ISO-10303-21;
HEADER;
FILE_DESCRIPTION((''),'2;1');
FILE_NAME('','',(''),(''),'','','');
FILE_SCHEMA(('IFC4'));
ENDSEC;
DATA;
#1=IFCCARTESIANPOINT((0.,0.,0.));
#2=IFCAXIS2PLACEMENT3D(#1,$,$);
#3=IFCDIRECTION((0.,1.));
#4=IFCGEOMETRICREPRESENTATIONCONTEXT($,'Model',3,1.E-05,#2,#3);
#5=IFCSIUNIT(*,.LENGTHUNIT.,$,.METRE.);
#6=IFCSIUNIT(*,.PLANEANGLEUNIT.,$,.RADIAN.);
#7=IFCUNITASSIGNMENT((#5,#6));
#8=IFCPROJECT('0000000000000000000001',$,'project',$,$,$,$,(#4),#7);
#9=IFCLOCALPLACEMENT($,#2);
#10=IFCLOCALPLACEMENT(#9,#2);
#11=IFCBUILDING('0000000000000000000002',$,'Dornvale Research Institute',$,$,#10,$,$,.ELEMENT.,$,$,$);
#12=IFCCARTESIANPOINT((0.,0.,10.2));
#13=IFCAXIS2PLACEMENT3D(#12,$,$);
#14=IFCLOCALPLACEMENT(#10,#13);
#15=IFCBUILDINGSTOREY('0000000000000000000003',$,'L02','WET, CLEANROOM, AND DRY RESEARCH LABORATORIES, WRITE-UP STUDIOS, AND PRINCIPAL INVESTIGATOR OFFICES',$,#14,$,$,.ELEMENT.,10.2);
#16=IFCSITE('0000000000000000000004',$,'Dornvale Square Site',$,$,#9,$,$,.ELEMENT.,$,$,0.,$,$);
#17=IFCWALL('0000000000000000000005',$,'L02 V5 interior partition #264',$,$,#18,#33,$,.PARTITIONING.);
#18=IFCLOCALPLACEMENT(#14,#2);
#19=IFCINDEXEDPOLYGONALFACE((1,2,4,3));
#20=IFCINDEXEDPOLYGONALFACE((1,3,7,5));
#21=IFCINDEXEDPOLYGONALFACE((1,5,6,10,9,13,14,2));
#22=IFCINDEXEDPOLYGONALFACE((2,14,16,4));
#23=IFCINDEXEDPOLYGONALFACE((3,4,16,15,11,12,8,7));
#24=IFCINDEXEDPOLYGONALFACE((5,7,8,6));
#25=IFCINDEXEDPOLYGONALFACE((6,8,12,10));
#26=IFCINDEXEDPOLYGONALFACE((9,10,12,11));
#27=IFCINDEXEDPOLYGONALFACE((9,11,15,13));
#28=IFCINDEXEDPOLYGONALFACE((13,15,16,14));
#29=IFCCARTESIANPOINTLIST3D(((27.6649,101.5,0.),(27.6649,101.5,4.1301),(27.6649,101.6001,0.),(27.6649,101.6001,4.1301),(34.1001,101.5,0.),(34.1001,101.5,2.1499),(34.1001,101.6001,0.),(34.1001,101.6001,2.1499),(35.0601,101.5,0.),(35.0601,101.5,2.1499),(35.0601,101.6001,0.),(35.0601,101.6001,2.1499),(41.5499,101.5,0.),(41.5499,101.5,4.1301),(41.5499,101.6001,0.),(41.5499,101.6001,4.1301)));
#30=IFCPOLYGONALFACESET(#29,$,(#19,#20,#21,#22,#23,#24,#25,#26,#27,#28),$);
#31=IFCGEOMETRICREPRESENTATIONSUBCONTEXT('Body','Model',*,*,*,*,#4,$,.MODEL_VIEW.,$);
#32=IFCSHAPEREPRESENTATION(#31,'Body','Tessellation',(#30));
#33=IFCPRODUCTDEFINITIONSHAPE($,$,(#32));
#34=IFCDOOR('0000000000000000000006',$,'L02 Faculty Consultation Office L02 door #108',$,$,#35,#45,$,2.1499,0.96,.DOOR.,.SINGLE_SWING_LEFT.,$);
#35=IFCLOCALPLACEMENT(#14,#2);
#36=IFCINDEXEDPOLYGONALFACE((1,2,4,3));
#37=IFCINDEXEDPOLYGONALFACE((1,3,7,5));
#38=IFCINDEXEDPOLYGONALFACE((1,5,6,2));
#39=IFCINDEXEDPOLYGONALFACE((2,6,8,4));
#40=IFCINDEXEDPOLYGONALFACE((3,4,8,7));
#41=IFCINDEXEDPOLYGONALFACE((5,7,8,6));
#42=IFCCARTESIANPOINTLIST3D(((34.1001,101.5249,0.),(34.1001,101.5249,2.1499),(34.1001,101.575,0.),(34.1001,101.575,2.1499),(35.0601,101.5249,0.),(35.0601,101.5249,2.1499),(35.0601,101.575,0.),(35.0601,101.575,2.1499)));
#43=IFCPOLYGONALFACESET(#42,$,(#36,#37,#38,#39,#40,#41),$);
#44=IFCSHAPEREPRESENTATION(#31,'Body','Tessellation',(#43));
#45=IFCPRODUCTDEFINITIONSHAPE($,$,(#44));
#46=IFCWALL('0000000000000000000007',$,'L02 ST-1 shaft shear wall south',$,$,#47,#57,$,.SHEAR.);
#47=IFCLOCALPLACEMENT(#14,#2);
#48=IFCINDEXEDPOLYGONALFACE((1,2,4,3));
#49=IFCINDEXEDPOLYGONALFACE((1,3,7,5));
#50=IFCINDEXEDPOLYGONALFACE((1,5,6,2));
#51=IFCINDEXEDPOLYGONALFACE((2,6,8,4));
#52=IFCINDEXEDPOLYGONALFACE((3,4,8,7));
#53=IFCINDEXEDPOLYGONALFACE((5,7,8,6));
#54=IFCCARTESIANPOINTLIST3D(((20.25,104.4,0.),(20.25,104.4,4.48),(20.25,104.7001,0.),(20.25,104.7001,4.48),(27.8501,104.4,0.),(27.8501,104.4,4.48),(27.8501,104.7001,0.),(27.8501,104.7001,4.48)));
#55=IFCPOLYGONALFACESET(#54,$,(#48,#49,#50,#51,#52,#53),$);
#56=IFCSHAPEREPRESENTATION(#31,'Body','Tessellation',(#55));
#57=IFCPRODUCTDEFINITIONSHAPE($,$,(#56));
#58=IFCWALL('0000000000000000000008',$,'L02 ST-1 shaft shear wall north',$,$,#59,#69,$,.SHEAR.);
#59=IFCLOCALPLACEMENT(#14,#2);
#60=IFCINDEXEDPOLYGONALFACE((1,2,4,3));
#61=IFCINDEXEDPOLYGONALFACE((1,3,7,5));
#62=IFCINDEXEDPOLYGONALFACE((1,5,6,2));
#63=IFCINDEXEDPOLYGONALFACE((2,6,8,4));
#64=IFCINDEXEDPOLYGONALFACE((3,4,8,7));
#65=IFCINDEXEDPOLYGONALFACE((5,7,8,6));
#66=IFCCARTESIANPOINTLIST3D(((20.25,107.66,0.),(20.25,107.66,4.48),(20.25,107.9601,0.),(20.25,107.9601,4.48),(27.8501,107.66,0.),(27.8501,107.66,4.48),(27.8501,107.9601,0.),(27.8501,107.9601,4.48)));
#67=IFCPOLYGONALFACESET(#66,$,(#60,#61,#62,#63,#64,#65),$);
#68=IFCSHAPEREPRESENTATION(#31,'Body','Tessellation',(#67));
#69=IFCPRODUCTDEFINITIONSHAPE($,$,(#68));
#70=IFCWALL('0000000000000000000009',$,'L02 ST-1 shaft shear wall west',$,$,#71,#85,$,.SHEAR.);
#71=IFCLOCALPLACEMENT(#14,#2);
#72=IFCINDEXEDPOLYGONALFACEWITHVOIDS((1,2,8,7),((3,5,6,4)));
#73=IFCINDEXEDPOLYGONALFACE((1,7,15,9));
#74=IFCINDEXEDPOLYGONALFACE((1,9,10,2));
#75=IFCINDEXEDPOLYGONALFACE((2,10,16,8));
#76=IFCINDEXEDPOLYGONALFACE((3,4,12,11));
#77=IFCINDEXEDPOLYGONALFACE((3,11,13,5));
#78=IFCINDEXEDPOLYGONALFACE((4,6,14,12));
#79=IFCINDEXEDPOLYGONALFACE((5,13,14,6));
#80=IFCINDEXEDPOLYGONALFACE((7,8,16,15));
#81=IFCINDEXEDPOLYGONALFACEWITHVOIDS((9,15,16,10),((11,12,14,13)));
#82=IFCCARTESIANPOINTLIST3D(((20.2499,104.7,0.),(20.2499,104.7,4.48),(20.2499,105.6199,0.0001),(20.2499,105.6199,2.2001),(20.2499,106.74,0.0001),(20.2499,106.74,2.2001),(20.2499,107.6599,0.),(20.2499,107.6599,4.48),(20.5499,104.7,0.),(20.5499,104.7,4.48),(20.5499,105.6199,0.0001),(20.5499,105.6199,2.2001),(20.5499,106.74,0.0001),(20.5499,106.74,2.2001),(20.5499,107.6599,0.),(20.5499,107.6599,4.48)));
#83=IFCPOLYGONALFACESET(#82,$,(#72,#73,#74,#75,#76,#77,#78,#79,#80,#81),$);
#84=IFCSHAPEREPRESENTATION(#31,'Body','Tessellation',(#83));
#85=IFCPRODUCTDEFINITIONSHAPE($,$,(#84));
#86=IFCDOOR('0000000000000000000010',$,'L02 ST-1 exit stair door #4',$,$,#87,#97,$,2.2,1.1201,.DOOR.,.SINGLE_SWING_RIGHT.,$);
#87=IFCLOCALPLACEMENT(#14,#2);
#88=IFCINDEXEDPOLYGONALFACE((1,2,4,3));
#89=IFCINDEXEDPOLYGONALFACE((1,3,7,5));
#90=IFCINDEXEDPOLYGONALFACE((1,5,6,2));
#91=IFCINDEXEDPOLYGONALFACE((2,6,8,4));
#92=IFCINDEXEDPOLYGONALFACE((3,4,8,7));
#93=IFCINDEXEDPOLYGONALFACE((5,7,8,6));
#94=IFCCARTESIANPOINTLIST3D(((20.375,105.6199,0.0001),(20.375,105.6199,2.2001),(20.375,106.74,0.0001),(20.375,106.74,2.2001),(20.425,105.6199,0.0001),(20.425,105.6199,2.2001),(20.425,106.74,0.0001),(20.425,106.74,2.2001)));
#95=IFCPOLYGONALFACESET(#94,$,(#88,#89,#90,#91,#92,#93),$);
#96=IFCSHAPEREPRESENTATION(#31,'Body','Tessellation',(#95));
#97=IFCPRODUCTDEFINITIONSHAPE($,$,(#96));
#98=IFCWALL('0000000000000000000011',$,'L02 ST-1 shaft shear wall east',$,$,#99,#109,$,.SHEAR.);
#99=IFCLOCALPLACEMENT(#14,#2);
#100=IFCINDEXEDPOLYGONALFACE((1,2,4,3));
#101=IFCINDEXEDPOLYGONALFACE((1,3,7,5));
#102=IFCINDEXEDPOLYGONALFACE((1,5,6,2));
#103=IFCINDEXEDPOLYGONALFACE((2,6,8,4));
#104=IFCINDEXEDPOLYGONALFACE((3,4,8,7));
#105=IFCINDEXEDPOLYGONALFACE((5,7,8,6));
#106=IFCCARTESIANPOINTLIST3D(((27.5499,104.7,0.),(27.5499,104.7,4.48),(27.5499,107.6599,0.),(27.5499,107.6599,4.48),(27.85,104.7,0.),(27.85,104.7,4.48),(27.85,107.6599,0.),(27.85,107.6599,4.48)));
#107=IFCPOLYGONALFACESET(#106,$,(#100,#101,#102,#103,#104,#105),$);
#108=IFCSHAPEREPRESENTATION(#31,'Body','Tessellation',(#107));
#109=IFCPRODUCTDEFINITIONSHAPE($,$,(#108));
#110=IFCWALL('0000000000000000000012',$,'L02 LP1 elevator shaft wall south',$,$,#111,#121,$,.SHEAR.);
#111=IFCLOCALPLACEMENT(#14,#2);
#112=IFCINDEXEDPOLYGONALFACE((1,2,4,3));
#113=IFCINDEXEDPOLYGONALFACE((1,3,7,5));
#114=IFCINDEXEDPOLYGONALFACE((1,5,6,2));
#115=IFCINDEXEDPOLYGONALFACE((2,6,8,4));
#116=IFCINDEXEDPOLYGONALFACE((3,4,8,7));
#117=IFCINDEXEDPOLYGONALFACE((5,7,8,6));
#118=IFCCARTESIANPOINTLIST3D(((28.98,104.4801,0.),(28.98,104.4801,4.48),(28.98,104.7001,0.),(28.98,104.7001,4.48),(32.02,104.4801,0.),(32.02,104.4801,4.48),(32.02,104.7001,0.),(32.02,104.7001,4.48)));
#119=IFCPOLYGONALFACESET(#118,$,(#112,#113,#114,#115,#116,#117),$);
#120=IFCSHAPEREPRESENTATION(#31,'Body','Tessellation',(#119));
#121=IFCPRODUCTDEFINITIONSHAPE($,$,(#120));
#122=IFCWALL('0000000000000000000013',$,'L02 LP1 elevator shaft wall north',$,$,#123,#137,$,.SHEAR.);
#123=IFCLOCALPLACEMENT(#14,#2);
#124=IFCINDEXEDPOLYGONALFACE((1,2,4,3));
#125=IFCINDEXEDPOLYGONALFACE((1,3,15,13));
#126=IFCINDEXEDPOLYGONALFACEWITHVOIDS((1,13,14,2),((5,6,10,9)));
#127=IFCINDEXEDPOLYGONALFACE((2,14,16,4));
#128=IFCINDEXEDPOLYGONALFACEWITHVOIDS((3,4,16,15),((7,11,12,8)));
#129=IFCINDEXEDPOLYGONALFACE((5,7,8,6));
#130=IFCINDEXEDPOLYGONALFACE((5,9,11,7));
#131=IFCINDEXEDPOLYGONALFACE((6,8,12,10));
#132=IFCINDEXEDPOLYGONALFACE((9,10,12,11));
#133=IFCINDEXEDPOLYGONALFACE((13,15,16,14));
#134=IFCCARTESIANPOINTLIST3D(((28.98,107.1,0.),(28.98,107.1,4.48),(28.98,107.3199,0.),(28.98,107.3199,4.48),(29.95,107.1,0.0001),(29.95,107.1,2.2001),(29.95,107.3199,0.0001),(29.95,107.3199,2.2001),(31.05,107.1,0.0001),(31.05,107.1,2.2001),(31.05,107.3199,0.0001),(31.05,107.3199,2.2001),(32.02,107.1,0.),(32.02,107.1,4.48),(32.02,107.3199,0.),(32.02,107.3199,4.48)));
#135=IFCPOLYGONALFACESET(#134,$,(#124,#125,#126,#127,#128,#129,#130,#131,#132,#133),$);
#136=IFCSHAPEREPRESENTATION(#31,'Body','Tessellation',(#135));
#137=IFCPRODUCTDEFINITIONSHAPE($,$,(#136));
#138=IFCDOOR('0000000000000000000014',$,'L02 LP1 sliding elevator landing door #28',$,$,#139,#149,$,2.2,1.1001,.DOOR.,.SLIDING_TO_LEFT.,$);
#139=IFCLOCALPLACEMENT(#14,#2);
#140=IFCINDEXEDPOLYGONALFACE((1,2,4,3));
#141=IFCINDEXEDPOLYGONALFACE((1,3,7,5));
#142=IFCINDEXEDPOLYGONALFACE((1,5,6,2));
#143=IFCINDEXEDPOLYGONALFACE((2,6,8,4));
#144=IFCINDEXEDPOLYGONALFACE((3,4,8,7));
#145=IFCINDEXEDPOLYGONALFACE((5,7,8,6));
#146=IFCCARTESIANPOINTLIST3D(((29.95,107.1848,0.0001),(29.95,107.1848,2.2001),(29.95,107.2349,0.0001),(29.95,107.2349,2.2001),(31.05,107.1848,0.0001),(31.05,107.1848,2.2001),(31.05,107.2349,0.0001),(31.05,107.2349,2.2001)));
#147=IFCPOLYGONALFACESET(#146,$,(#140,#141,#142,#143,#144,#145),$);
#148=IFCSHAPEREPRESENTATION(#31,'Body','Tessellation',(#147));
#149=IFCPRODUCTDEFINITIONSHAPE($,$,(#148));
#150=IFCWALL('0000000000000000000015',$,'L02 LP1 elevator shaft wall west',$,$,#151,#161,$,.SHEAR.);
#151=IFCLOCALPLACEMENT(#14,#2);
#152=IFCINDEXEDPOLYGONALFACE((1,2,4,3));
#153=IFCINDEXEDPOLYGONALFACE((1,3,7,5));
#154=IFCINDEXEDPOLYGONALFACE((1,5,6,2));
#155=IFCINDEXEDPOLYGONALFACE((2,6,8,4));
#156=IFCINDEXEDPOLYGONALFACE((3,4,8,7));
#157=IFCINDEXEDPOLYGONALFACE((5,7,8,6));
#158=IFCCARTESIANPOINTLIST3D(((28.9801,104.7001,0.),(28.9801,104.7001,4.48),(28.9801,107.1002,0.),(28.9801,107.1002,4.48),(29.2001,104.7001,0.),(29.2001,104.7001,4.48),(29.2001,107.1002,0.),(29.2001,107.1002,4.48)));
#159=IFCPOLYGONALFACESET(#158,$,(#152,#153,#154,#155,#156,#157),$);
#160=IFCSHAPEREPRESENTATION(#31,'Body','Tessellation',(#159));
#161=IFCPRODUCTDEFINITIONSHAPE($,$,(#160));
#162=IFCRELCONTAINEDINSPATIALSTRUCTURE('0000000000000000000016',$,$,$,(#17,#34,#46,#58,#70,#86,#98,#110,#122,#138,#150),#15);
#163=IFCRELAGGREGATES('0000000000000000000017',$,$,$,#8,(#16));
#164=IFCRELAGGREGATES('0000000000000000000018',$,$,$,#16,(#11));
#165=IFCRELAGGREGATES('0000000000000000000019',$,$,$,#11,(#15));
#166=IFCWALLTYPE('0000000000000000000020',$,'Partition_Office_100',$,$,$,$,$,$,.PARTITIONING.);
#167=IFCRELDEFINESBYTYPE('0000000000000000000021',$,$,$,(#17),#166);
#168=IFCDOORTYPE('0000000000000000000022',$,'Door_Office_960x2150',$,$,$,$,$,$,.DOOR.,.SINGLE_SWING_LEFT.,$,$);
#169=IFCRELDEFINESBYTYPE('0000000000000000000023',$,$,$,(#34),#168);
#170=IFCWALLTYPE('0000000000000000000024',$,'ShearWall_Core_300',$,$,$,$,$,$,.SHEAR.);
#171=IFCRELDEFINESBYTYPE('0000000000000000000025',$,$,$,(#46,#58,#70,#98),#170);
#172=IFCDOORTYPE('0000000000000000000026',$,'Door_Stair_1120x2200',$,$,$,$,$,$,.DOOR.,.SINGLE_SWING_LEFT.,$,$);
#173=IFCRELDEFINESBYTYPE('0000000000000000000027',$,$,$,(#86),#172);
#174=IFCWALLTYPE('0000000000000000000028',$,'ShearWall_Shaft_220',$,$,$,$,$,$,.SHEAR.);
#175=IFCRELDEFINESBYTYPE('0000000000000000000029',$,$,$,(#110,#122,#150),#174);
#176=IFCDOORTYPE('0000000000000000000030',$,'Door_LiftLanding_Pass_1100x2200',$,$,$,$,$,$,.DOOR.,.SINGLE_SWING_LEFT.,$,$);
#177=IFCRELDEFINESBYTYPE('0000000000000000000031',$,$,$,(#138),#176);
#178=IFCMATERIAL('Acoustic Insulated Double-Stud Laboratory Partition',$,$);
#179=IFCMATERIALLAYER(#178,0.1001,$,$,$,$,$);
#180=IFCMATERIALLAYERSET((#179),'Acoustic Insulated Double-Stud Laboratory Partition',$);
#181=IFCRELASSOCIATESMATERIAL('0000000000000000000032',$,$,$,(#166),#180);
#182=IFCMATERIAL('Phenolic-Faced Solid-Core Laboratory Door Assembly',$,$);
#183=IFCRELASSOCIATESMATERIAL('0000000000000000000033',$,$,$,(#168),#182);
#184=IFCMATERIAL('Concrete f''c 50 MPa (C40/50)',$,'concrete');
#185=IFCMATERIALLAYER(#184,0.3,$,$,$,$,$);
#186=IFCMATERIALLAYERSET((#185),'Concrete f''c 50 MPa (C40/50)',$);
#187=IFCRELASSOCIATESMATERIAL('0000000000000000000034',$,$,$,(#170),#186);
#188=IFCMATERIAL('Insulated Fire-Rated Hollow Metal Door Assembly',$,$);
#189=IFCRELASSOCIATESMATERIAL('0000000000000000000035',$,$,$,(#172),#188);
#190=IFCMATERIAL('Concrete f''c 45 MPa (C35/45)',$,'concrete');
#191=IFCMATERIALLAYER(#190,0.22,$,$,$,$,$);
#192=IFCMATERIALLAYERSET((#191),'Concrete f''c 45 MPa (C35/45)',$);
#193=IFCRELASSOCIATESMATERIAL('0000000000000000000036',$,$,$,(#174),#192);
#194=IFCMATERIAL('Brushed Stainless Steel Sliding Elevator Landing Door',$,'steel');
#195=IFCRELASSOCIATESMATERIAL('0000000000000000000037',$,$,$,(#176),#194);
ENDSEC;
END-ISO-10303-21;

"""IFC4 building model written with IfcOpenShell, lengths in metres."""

from ifc_helpers import new_model, si_unit, direction, frame, frame_2d, origin, place, context, subcontext, project, spatial, rectangle, extrude, material, layer, layer_set, type_object, element, fill, save


model = new_model("IFC4")

# Units and contexts
model_context = context("Model", 3, precision=1e-05, world=origin(), true_north=direction((0.0, 1.0)))
body_context = subcontext(model_context, "Body", "Model", "MODEL_VIEW")
ifc_project = project(units=[si_unit("LENGTHUNIT", "METRE"), si_unit("PLANEANGLEUNIT", "RADIAN")], contexts=[model_context])

# Site, building, storey
site_placement = place(None, origin())
site = spatial("IfcSite", under=ifc_project, at=site_placement, Name="Dornvale Square Site", CompositionType="ELEMENT", RefElevation=0.0)
building_placement = place(site_placement, origin())
building = spatial("IfcBuilding", under=site, at=building_placement, Name="Dornvale Research Institute", CompositionType="ELEMENT")
storey_placement = place(building_placement, frame((0.0, 0.0, 10.2)))
storey = spatial("IfcBuildingStorey", under=building, at=storey_placement, Name="L02", Description="WET, CLEANROOM, AND DRY RESEARCH LABORATORIES, WRITE-UP STUDIOS, AND PRINCIPAL INVESTIGATOR OFFICES", CompositionType="ELEMENT", Elevation=10.2)

# Wall, opening, door
ifc_material_1 = material(Name="Acoustic Insulated Double-Stud Laboratory Partition")
ifc_layer_1 = layer(ifc_material_1, 0.1001)
ifc_layer_set_1 = layer_set([ifc_layer_1], Name="Acoustic Insulated Double-Stud Laboratory Partition")
wall_type_1 = type_object("IfcWallType", Name="Partition_Office_100", PredefinedType="PARTITIONING", material=ifc_layer_set_1)
wall_1_placement = place(storey_placement, frame((27.665, 101.55, 0.0), z_axis=(0.0, 0.0, 1.0), x_axis=(1.0, 0.0, 0.0)))
wall_1 = element("IfcWall", 1, at=wall_1_placement, inside=storey, type_object=wall_type_1, Name="L02 V5 interior partition #264", PredefinedType="PARTITIONING", context=body_context, shape_type="SweptSolid", body=[
    extrude(rectangle(XDim=13.885, YDim=0.1001, at=frame_2d((6.9424, 0.0))), origin(), (0.0, 0.0, 1.0), 4.1301),
])
opening_1_placement = place(wall_1_placement, frame((6.4351, 0.0, 0.0)))
opening_1 = element("IfcOpeningElement", 2, at=opening_1_placement, cuts=wall_1, PredefinedType="OPENING", context=body_context, shape_type="SweptSolid", body=[
    extrude(rectangle(XDim=0.96, YDim=2.1499, at=frame_2d((0.48, 1.075))), frame((0.0, 0.0649, 0.0), z_axis=(0.0, -1.0, 0.0), x_axis=(1.0, 0.0, 0.0)), (0.0, 0.0, 1.0), 0.1301),
])
ifc_material_2 = material(Name="Phenolic-Faced Solid-Core Laboratory Door Assembly")
door_type_1 = type_object("IfcDoorType", Name="Door_Office_960x2150", OperationType="SINGLE_SWING_LEFT", PredefinedType="DOOR", material=ifc_material_2)
door_1_placement = place(opening_1_placement, origin())
door_1 = element("IfcDoor", 3, at=door_1_placement, inside=storey, type_object=door_type_1, Name="L02 Faculty Consultation Office L02 door #108", OperationType="SINGLE_SWING_LEFT", OverallHeight=2.1499, OverallWidth=0.96, PredefinedType="DOOR", context=body_context, shape_type="SweptSolid", body=[
    extrude(rectangle(XDim=0.96, YDim=2.1499, at=frame_2d((0.48, 1.075))), frame((0.0, 0.0249, 0.0), z_axis=(0.0, -1.0, 0.0), x_axis=(1.0, 0.0, 0.0)), (0.0, 0.0, 1.0), 0.05),
])
fill(opening_1, door_1)

# Walls
ifc_material_3 = material(Name="Concrete f'c 50 MPa (C40/50)", Category="concrete")
ifc_layer_2 = layer(ifc_material_3, 0.3)
ifc_layer_set_2 = layer_set([ifc_layer_2], Name="Concrete f'c 50 MPa (C40/50)")
wall_type_2 = type_object("IfcWallType", Name="ShearWall_Core_300", PredefinedType="SHEAR", material=ifc_layer_set_2)
for number, where, z_axis, x_axis, name in (
    (4, (20.25, 104.55, 0.0), (0.0, 0.0, 1.0), (1.0, 0.0, 0.0), "L02 ST-1 shaft shear wall south"),
    (5, (20.25, 107.8101, 0.0), (0.0, 0.0, 1.0), (1.0, 0.0, 0.0), "L02 ST-1 shaft shear wall north"),
):
    element("IfcWall", number, at=place(storey_placement, frame(where, z_axis=z_axis, x_axis=x_axis)), inside=storey, type_object=wall_type_2, Name=name, PredefinedType="SHEAR", context=body_context, shape_type="SweptSolid", body=[
        extrude(rectangle(XDim=7.6001, YDim=0.3, at=frame_2d((3.8, 0.0))), origin(), (0.0, 0.0, 1.0), 4.48),
    ])

# Wall, opening, door
wall_2_placement = place(storey_placement, frame((20.3999, 104.7, 0.0), z_axis=(0.0, 0.0, 1.0), x_axis=(0.0, 1.0, 0.0)))
wall_2 = element("IfcWall", 6, at=wall_2_placement, inside=storey, type_object=wall_type_2, Name="L02 ST-1 shaft shear wall west", PredefinedType="SHEAR", context=body_context, shape_type="SweptSolid", body=[
    extrude(rectangle(XDim=2.96, YDim=0.3, at=frame_2d((1.48, 0.0))), origin(), (0.0, 0.0, 1.0), 4.48),
])
opening_2_placement = place(wall_2_placement, frame((0.9199, 0.0, 0.0)))
opening_2 = element("IfcOpeningElement", 7, at=opening_2_placement, cuts=wall_2, PredefinedType="OPENING", context=body_context, shape_type="SweptSolid", body=[
    extrude(rectangle(XDim=1.1201, YDim=2.2, at=frame_2d((0.5601, 1.1001))), frame((0.0, 0.165, 0.0), z_axis=(0.0, -1.0, 0.0), x_axis=(1.0, 0.0, 0.0)), (0.0, 0.0, 1.0), 0.3301),
])
ifc_material_4 = material(Name="Insulated Fire-Rated Hollow Metal Door Assembly")
door_type_2 = type_object("IfcDoorType", Name="Door_Stair_1120x2200", OperationType="SINGLE_SWING_LEFT", PredefinedType="DOOR", material=ifc_material_4)
door_2_placement = place(opening_2_placement, origin())
door_2 = element("IfcDoor", 8, at=door_2_placement, inside=storey, type_object=door_type_2, Name="L02 ST-1 exit stair door #4", OperationType="SINGLE_SWING_RIGHT", OverallHeight=2.2, OverallWidth=1.1201, PredefinedType="DOOR", context=body_context, shape_type="SweptSolid", body=[
    extrude(rectangle(XDim=1.1201, YDim=2.2, at=frame_2d((0.5601, 1.1001))), frame((0.0, 0.0249, 0.0), z_axis=(0.0, -1.0, 0.0), x_axis=(1.0, 0.0, 0.0)), (0.0, 0.0, 1.0), 0.05),
])
fill(opening_2, door_2)

# Walls
wall_3_placement = place(storey_placement, frame((27.7, 104.7, 0.0), z_axis=(0.0, 0.0, 1.0), x_axis=(0.0, 1.0, 0.0)))
element("IfcWall", 9, at=wall_3_placement, inside=storey, type_object=wall_type_2, Name="L02 ST-1 shaft shear wall east", PredefinedType="SHEAR", context=body_context, shape_type="SweptSolid", body=[
    extrude(rectangle(XDim=2.96, YDim=0.3, at=frame_2d((1.48, 0.0))), origin(), (0.0, 0.0, 1.0), 4.48),
])
ifc_material_5 = material(Name="Concrete f'c 45 MPa (C35/45)", Category="concrete")
ifc_layer_3 = layer(ifc_material_5, 0.22)
ifc_layer_set_3 = layer_set([ifc_layer_3], Name="Concrete f'c 45 MPa (C35/45)")
wall_type_3 = type_object("IfcWallType", Name="ShearWall_Shaft_220", PredefinedType="SHEAR", material=ifc_layer_set_3)
wall_4_placement = place(storey_placement, frame((28.98, 104.5901, 0.0), z_axis=(0.0, 0.0, 1.0), x_axis=(1.0, 0.0, 0.0)))
element("IfcWall", 10, at=wall_4_placement, inside=storey, type_object=wall_type_3, Name="L02 LP1 elevator shaft wall south", PredefinedType="SHEAR", context=body_context, shape_type="SweptSolid", body=[
    extrude(rectangle(XDim=3.04, YDim=0.22, at=frame_2d((1.52, 0.0))), origin(), (0.0, 0.0, 1.0), 4.48),
])

# Wall, opening, door
wall_5_placement = place(storey_placement, frame((28.98, 107.21, 0.0), z_axis=(0.0, 0.0, 1.0), x_axis=(1.0, 0.0, 0.0)))
wall_5 = element("IfcWall", 11, at=wall_5_placement, inside=storey, type_object=wall_type_3, Name="L02 LP1 elevator shaft wall north", PredefinedType="SHEAR", context=body_context, shape_type="SweptSolid", body=[
    extrude(rectangle(XDim=3.04, YDim=0.22, at=frame_2d((1.52, 0.0))), origin(), (0.0, 0.0, 1.0), 4.48),
])
opening_3_placement = place(wall_5_placement, frame((0.97, 0.0, 0.0)))
opening_3 = element("IfcOpeningElement", 12, at=opening_3_placement, cuts=wall_5, PredefinedType="OPENING", context=body_context, shape_type="SweptSolid", body=[
    extrude(rectangle(XDim=1.1001, YDim=2.2, at=frame_2d((0.55, 1.1001))), frame((0.0, 0.125, 0.0), z_axis=(0.0, -1.0, 0.0), x_axis=(1.0, 0.0, 0.0)), (0.0, 0.0, 1.0), 0.25),
])
ifc_material_6 = material(Name="Brushed Stainless Steel Sliding Elevator Landing Door", Category="steel")
door_type_3 = type_object("IfcDoorType", Name="Door_LiftLanding_Pass_1100x2200", OperationType="SINGLE_SWING_LEFT", PredefinedType="DOOR", material=ifc_material_6)
door_3_placement = place(opening_3_placement, origin())
door_3 = element("IfcDoor", 13, at=door_3_placement, inside=storey, type_object=door_type_3, Name="L02 LP1 sliding elevator landing door #28", OperationType="SLIDING_TO_LEFT", OverallHeight=2.2, OverallWidth=1.1001, PredefinedType="DOOR", context=body_context, shape_type="SweptSolid", body=[
    extrude(rectangle(XDim=1.1001, YDim=2.2, at=frame_2d((0.55, 1.1001))), frame((0.0, 0.0249, 0.0), z_axis=(0.0, -1.0, 0.0), x_axis=(1.0, 0.0, 0.0)), (0.0, 0.0, 1.0), 0.05),
])
fill(opening_3, door_3)

# Wall
wall_6_placement = place(storey_placement, frame((29.0901, 104.7, 0.0), z_axis=(0.0, 0.0, 1.0), x_axis=(0.0, 1.0, 0.0)))
element("IfcWall", 14, at=wall_6_placement, inside=storey, type_object=wall_type_3, Name="L02 LP1 elevator shaft wall west", PredefinedType="SHEAR", context=body_context, shape_type="SweptSolid", body=[
    extrude(rectangle(XDim=2.4001, YDim=0.22, at=frame_2d((1.2002, 0.0))), origin(), (0.0, 0.0, 1.0), 4.48),
])

save(model, "model.ifc")
